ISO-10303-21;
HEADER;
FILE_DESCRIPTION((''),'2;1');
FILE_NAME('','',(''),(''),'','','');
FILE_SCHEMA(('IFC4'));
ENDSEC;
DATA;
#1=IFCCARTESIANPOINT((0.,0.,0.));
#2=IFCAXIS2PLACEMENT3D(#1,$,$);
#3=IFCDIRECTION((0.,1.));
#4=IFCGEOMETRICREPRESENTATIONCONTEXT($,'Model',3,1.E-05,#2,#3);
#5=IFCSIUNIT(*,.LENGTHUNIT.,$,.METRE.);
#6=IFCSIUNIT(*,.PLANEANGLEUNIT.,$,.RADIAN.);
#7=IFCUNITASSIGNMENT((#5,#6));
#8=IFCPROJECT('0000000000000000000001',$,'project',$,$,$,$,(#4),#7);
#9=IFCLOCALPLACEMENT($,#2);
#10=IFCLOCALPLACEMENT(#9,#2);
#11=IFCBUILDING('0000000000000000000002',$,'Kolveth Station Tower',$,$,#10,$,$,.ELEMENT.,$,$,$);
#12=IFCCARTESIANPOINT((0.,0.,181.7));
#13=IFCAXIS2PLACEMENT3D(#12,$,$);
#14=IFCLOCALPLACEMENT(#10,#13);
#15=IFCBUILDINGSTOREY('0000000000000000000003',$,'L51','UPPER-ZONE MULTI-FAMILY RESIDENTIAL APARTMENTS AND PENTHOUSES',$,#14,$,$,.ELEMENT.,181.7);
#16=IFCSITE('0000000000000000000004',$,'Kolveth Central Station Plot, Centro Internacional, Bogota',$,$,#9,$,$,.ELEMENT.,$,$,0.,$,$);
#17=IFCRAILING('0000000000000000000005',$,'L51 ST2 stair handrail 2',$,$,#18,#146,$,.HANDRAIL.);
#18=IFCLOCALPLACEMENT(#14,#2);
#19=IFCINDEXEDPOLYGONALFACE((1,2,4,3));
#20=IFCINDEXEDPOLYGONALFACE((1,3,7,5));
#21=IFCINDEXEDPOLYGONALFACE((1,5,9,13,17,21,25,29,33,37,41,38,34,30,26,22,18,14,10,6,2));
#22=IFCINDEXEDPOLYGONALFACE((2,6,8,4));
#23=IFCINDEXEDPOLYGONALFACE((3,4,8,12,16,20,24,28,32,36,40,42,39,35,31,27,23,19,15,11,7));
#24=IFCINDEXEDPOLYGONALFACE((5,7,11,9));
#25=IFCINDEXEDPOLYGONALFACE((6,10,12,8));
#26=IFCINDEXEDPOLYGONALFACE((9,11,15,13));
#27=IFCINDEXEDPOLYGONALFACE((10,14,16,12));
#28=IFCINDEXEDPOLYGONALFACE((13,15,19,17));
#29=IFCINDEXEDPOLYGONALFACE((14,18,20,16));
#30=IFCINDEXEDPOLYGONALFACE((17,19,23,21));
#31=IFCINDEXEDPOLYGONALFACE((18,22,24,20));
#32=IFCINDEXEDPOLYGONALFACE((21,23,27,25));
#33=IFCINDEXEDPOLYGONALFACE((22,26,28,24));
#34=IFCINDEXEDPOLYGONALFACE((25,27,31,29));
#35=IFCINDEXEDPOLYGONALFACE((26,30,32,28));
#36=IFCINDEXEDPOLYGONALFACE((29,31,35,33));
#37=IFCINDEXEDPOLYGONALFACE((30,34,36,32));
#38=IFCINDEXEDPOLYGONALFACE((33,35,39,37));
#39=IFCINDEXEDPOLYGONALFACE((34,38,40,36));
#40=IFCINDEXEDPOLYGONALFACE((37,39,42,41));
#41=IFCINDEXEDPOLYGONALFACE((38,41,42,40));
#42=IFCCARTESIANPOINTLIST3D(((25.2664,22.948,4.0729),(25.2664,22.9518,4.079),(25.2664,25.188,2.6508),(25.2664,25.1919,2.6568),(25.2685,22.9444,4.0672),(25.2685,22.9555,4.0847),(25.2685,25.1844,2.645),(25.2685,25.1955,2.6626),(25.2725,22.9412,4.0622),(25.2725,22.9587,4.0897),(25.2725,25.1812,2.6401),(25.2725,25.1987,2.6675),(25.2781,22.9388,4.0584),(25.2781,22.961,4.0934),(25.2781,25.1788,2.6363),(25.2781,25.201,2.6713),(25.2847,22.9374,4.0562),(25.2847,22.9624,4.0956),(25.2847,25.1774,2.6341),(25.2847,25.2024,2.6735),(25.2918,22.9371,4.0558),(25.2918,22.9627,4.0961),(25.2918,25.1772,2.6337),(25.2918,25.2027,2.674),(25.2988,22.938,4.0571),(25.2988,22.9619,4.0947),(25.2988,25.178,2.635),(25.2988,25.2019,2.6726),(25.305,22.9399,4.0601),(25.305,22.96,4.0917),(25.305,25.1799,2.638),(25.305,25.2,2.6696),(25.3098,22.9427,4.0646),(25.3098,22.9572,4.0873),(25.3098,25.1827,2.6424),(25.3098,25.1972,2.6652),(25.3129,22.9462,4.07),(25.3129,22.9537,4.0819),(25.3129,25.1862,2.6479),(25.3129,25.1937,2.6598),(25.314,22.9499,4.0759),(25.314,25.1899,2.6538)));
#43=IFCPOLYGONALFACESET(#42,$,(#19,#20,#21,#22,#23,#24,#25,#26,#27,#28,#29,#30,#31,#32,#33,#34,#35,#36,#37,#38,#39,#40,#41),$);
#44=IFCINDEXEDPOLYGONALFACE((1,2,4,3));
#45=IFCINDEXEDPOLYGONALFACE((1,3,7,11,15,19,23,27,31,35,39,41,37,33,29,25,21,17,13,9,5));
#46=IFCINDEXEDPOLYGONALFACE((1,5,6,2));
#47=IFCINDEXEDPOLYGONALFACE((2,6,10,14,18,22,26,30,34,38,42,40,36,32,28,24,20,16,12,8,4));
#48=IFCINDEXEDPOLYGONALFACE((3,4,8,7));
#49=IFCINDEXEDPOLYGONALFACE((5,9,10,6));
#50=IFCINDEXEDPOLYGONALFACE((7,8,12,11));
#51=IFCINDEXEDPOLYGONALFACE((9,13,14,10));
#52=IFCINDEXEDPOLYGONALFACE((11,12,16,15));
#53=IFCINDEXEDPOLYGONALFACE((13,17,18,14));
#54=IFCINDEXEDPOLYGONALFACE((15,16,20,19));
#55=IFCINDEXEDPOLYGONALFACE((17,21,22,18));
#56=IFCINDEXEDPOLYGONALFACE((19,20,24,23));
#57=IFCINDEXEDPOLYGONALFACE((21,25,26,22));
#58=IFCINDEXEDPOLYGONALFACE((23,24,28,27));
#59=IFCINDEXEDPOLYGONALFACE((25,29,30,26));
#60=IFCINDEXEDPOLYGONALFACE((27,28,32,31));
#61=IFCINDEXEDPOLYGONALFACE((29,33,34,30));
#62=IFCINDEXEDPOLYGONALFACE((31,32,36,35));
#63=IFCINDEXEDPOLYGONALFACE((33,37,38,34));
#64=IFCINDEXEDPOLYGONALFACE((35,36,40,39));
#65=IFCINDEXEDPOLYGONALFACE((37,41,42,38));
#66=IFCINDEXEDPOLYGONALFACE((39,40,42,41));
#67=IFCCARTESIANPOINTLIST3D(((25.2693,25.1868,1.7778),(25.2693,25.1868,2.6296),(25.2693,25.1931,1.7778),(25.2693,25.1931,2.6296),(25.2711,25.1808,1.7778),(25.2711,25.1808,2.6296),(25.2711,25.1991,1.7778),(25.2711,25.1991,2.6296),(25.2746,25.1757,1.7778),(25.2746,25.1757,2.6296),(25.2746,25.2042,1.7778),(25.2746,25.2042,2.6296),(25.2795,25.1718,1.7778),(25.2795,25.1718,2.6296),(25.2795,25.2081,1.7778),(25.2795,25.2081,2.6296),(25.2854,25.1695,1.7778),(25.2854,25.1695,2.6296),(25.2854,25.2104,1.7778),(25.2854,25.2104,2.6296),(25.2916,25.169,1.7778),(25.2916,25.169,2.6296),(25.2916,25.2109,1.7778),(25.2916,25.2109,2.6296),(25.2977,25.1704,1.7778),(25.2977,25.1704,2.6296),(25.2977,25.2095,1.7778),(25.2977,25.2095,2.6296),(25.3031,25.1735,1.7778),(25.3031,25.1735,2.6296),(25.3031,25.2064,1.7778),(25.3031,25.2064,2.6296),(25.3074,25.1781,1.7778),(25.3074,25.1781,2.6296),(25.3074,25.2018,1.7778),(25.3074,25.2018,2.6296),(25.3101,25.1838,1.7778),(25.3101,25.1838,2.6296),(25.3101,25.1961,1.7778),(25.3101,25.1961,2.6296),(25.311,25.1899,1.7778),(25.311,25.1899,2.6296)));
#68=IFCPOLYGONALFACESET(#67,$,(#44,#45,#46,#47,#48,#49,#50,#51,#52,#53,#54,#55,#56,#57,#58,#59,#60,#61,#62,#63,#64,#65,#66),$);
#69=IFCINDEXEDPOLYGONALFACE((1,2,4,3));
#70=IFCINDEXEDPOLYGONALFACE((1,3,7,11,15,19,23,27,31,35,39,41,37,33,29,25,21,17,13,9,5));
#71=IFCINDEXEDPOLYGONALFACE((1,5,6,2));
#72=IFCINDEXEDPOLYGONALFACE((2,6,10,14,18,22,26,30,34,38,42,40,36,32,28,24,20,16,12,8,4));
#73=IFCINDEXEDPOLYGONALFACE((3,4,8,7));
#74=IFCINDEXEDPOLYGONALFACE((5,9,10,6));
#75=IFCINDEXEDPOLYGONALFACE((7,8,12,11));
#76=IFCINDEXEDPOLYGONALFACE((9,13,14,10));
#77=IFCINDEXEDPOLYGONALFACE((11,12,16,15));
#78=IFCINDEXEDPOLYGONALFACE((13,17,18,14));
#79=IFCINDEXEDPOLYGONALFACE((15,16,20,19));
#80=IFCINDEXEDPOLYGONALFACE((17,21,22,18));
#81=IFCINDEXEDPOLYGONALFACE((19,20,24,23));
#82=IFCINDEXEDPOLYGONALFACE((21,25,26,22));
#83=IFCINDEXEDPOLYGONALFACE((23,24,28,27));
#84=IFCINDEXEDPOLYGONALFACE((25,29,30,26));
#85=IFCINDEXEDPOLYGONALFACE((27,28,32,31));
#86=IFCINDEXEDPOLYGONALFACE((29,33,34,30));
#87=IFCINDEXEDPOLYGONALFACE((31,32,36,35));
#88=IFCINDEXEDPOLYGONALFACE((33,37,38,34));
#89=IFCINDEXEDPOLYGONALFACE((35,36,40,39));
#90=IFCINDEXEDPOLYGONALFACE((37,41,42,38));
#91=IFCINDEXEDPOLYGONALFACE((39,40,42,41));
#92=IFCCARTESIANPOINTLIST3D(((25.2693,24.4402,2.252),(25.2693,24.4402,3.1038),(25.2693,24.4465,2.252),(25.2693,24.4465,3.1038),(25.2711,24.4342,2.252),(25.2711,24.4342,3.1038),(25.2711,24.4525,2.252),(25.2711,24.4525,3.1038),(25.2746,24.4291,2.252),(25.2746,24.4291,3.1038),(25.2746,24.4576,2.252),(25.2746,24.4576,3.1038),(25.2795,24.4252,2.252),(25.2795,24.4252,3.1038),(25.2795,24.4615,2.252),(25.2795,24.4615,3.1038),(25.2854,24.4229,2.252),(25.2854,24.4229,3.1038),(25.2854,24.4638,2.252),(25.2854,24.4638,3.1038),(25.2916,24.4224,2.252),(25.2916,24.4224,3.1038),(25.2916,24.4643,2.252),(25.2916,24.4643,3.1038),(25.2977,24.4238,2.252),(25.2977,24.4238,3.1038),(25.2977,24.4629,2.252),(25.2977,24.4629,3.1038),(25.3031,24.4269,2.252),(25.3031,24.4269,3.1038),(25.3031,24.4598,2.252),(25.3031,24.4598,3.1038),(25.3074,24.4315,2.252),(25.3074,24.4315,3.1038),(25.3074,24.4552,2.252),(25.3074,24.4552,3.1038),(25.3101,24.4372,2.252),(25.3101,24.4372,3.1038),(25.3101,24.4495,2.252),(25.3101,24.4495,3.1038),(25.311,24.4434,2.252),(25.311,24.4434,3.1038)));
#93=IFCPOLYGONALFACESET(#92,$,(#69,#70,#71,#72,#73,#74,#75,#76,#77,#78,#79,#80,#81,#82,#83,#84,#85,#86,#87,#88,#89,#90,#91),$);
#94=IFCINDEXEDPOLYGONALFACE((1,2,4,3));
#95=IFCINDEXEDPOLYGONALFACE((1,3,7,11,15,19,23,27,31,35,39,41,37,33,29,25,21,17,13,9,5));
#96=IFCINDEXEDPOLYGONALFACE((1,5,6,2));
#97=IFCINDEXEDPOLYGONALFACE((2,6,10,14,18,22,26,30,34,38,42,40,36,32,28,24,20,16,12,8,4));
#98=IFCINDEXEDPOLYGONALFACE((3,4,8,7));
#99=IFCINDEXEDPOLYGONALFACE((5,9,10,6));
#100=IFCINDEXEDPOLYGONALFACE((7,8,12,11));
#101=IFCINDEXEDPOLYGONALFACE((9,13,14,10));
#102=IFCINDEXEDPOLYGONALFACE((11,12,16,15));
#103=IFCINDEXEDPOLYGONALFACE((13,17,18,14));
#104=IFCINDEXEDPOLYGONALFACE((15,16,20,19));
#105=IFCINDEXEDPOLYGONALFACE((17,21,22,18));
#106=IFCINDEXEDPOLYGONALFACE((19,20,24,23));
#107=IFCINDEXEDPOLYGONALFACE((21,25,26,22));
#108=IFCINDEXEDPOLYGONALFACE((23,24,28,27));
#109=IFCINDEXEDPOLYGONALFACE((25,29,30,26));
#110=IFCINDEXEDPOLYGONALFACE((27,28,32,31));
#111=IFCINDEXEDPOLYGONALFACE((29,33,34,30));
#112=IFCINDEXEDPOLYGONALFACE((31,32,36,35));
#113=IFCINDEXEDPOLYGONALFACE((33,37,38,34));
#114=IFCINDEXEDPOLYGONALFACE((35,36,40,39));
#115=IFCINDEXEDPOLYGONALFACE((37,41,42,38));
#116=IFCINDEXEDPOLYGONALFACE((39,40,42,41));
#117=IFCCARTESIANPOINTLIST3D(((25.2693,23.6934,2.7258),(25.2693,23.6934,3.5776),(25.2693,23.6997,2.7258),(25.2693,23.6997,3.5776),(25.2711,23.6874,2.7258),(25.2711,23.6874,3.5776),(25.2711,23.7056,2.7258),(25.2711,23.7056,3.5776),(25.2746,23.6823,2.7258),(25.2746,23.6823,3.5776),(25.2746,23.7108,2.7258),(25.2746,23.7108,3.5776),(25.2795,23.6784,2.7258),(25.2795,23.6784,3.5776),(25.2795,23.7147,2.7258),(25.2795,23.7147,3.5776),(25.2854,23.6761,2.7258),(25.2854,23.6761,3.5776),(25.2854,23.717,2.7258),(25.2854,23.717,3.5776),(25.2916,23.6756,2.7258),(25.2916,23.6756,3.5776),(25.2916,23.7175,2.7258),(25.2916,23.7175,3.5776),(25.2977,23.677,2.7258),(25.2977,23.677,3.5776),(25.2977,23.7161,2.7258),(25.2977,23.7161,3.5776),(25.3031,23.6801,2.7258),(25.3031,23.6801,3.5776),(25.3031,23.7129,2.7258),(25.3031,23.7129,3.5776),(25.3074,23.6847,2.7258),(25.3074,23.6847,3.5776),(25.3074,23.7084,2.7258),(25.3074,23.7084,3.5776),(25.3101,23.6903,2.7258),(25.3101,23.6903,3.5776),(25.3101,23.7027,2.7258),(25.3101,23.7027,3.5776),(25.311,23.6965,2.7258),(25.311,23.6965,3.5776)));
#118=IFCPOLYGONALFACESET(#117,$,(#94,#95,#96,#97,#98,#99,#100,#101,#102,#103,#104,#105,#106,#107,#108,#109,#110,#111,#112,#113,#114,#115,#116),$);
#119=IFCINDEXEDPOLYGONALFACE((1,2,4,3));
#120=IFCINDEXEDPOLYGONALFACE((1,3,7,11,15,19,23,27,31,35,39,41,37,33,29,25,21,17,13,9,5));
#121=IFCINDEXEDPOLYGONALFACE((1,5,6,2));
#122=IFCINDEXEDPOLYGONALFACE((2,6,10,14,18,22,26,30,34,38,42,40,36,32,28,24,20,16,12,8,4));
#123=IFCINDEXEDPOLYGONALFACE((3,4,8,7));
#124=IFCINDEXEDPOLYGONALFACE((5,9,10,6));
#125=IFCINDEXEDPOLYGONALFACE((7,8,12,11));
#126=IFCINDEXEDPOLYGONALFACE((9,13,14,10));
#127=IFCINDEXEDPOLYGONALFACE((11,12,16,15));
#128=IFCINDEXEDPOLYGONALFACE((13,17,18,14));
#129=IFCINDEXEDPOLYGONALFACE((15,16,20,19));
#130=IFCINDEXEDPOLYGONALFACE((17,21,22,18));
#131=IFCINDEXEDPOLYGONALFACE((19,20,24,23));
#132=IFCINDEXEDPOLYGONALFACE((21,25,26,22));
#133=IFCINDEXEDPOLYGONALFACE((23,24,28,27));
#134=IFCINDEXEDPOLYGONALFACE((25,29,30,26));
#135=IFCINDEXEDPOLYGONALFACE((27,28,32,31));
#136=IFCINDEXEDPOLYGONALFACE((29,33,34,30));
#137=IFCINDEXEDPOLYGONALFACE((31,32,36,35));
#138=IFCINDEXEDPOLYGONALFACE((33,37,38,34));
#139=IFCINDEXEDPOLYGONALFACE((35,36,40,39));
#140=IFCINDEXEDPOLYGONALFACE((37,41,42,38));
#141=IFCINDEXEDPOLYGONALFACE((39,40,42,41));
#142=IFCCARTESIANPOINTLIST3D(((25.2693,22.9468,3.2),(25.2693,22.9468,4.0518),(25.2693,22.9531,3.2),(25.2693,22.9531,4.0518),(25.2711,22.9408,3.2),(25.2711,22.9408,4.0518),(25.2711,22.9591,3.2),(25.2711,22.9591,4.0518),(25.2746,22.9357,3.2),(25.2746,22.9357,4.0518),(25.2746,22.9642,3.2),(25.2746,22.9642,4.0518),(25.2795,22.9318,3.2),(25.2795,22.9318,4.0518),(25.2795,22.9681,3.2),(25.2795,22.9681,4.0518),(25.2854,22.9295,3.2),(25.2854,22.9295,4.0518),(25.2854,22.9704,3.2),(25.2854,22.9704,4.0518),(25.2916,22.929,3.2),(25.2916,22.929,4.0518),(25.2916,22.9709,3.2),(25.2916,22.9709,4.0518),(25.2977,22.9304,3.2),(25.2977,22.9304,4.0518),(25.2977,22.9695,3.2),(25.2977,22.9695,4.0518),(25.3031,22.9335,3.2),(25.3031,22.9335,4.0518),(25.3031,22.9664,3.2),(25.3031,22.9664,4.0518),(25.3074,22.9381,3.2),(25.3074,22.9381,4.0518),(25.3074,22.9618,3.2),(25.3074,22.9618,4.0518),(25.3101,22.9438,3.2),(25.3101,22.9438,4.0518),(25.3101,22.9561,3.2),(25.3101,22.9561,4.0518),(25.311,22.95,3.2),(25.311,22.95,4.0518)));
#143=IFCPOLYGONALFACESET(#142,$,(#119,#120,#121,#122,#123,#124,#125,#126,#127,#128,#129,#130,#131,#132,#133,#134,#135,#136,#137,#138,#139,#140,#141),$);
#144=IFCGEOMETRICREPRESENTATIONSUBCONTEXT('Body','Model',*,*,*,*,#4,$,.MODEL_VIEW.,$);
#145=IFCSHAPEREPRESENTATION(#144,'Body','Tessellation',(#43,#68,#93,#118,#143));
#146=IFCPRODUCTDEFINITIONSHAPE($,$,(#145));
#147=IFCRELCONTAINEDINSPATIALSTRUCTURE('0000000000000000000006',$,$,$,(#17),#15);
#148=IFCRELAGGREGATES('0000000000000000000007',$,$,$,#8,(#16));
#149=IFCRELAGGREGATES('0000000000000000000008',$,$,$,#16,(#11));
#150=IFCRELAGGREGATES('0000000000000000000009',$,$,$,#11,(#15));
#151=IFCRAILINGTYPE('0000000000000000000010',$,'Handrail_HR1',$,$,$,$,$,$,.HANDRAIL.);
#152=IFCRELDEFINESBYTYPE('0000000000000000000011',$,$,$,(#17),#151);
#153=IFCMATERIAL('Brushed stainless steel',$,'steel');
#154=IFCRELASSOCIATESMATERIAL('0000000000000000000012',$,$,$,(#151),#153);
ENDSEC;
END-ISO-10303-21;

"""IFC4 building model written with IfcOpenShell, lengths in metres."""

from ifc_helpers import new_model, si_unit, direction, frame, origin, origin_2d, place, context, subcontext, project, spatial, circle, extrude, material, type_object, element, save


model = new_model("IFC4")

# Units and contexts
model_context = context("Model", 3, precision=1e-05, world=origin(), true_north=direction((0.0, 1.0)))
body_context = subcontext(model_context, "Body", "Model", "MODEL_VIEW")
ifc_project = project(units=[si_unit("LENGTHUNIT", "METRE"), si_unit("PLANEANGLEUNIT", "RADIAN")], contexts=[model_context])

# Site, building, storey
site_placement = place(None, origin())
site = spatial("IfcSite", under=ifc_project, at=site_placement, Name="Kolveth Central Station Plot, Centro Internacional, Bogota", CompositionType="ELEMENT", RefElevation=0.0)
building_placement = place(site_placement, origin())
building = spatial("IfcBuilding", under=site, at=building_placement, Name="Kolveth Station Tower", CompositionType="ELEMENT")
storey_placement = place(building_placement, frame((0.0, 0.0, 181.7)))
storey = spatial("IfcBuildingStorey", under=building, at=storey_placement, Name="L51", Description="UPPER-ZONE MULTI-FAMILY RESIDENTIAL APARTMENTS AND PENTHOUSES", CompositionType="ELEMENT", Elevation=181.7)

# Railing
ifc_material_1 = material(Name="Brushed stainless steel", Category="steel")
railing_type_1 = type_object("IfcRailingType", Name="Handrail_HR1", PredefinedType="HANDRAIL", material=ifc_material_1)
railing_1_placement = place(storey_placement, frame((25.29, 25.1899, 1.7778)))
element("IfcRailing", 1, at=railing_1_placement, inside=storey, type_object=railing_type_1, Name="L51 ST2 stair handrail 2", PredefinedType="HANDRAIL", context=body_context, shape_type="SweptSolid", body=[
    extrude(circle(Radius=0.0239, at=origin_2d()), frame((0.0, 0.0, 0.876), z_axis=(0.0, -0.844229, 0.535982), x_axis=(1.0, 0.0, 0.0)), (0.0, 0.0, 1.0), 2.6533),
    extrude(circle(Radius=0.021, at=origin_2d()), origin(), (0.0, 0.0, 1.0), 0.8518),
    extrude(circle(Radius=0.021, at=origin_2d()), frame((0.0, -0.7466, 0.4741)), (0.0, 0.0, 1.0), 0.8518),
    extrude(circle(Radius=0.021, at=origin_2d()), frame((0.0, -1.4934, 0.948)), (0.0, 0.0, 1.0), 0.8518),
    extrude(circle(Radius=0.021, at=origin_2d()), frame((0.0, -2.24, 1.4221)), (0.0, 0.0, 1.0), 0.8518),
])

save(model, "model.ifc")
